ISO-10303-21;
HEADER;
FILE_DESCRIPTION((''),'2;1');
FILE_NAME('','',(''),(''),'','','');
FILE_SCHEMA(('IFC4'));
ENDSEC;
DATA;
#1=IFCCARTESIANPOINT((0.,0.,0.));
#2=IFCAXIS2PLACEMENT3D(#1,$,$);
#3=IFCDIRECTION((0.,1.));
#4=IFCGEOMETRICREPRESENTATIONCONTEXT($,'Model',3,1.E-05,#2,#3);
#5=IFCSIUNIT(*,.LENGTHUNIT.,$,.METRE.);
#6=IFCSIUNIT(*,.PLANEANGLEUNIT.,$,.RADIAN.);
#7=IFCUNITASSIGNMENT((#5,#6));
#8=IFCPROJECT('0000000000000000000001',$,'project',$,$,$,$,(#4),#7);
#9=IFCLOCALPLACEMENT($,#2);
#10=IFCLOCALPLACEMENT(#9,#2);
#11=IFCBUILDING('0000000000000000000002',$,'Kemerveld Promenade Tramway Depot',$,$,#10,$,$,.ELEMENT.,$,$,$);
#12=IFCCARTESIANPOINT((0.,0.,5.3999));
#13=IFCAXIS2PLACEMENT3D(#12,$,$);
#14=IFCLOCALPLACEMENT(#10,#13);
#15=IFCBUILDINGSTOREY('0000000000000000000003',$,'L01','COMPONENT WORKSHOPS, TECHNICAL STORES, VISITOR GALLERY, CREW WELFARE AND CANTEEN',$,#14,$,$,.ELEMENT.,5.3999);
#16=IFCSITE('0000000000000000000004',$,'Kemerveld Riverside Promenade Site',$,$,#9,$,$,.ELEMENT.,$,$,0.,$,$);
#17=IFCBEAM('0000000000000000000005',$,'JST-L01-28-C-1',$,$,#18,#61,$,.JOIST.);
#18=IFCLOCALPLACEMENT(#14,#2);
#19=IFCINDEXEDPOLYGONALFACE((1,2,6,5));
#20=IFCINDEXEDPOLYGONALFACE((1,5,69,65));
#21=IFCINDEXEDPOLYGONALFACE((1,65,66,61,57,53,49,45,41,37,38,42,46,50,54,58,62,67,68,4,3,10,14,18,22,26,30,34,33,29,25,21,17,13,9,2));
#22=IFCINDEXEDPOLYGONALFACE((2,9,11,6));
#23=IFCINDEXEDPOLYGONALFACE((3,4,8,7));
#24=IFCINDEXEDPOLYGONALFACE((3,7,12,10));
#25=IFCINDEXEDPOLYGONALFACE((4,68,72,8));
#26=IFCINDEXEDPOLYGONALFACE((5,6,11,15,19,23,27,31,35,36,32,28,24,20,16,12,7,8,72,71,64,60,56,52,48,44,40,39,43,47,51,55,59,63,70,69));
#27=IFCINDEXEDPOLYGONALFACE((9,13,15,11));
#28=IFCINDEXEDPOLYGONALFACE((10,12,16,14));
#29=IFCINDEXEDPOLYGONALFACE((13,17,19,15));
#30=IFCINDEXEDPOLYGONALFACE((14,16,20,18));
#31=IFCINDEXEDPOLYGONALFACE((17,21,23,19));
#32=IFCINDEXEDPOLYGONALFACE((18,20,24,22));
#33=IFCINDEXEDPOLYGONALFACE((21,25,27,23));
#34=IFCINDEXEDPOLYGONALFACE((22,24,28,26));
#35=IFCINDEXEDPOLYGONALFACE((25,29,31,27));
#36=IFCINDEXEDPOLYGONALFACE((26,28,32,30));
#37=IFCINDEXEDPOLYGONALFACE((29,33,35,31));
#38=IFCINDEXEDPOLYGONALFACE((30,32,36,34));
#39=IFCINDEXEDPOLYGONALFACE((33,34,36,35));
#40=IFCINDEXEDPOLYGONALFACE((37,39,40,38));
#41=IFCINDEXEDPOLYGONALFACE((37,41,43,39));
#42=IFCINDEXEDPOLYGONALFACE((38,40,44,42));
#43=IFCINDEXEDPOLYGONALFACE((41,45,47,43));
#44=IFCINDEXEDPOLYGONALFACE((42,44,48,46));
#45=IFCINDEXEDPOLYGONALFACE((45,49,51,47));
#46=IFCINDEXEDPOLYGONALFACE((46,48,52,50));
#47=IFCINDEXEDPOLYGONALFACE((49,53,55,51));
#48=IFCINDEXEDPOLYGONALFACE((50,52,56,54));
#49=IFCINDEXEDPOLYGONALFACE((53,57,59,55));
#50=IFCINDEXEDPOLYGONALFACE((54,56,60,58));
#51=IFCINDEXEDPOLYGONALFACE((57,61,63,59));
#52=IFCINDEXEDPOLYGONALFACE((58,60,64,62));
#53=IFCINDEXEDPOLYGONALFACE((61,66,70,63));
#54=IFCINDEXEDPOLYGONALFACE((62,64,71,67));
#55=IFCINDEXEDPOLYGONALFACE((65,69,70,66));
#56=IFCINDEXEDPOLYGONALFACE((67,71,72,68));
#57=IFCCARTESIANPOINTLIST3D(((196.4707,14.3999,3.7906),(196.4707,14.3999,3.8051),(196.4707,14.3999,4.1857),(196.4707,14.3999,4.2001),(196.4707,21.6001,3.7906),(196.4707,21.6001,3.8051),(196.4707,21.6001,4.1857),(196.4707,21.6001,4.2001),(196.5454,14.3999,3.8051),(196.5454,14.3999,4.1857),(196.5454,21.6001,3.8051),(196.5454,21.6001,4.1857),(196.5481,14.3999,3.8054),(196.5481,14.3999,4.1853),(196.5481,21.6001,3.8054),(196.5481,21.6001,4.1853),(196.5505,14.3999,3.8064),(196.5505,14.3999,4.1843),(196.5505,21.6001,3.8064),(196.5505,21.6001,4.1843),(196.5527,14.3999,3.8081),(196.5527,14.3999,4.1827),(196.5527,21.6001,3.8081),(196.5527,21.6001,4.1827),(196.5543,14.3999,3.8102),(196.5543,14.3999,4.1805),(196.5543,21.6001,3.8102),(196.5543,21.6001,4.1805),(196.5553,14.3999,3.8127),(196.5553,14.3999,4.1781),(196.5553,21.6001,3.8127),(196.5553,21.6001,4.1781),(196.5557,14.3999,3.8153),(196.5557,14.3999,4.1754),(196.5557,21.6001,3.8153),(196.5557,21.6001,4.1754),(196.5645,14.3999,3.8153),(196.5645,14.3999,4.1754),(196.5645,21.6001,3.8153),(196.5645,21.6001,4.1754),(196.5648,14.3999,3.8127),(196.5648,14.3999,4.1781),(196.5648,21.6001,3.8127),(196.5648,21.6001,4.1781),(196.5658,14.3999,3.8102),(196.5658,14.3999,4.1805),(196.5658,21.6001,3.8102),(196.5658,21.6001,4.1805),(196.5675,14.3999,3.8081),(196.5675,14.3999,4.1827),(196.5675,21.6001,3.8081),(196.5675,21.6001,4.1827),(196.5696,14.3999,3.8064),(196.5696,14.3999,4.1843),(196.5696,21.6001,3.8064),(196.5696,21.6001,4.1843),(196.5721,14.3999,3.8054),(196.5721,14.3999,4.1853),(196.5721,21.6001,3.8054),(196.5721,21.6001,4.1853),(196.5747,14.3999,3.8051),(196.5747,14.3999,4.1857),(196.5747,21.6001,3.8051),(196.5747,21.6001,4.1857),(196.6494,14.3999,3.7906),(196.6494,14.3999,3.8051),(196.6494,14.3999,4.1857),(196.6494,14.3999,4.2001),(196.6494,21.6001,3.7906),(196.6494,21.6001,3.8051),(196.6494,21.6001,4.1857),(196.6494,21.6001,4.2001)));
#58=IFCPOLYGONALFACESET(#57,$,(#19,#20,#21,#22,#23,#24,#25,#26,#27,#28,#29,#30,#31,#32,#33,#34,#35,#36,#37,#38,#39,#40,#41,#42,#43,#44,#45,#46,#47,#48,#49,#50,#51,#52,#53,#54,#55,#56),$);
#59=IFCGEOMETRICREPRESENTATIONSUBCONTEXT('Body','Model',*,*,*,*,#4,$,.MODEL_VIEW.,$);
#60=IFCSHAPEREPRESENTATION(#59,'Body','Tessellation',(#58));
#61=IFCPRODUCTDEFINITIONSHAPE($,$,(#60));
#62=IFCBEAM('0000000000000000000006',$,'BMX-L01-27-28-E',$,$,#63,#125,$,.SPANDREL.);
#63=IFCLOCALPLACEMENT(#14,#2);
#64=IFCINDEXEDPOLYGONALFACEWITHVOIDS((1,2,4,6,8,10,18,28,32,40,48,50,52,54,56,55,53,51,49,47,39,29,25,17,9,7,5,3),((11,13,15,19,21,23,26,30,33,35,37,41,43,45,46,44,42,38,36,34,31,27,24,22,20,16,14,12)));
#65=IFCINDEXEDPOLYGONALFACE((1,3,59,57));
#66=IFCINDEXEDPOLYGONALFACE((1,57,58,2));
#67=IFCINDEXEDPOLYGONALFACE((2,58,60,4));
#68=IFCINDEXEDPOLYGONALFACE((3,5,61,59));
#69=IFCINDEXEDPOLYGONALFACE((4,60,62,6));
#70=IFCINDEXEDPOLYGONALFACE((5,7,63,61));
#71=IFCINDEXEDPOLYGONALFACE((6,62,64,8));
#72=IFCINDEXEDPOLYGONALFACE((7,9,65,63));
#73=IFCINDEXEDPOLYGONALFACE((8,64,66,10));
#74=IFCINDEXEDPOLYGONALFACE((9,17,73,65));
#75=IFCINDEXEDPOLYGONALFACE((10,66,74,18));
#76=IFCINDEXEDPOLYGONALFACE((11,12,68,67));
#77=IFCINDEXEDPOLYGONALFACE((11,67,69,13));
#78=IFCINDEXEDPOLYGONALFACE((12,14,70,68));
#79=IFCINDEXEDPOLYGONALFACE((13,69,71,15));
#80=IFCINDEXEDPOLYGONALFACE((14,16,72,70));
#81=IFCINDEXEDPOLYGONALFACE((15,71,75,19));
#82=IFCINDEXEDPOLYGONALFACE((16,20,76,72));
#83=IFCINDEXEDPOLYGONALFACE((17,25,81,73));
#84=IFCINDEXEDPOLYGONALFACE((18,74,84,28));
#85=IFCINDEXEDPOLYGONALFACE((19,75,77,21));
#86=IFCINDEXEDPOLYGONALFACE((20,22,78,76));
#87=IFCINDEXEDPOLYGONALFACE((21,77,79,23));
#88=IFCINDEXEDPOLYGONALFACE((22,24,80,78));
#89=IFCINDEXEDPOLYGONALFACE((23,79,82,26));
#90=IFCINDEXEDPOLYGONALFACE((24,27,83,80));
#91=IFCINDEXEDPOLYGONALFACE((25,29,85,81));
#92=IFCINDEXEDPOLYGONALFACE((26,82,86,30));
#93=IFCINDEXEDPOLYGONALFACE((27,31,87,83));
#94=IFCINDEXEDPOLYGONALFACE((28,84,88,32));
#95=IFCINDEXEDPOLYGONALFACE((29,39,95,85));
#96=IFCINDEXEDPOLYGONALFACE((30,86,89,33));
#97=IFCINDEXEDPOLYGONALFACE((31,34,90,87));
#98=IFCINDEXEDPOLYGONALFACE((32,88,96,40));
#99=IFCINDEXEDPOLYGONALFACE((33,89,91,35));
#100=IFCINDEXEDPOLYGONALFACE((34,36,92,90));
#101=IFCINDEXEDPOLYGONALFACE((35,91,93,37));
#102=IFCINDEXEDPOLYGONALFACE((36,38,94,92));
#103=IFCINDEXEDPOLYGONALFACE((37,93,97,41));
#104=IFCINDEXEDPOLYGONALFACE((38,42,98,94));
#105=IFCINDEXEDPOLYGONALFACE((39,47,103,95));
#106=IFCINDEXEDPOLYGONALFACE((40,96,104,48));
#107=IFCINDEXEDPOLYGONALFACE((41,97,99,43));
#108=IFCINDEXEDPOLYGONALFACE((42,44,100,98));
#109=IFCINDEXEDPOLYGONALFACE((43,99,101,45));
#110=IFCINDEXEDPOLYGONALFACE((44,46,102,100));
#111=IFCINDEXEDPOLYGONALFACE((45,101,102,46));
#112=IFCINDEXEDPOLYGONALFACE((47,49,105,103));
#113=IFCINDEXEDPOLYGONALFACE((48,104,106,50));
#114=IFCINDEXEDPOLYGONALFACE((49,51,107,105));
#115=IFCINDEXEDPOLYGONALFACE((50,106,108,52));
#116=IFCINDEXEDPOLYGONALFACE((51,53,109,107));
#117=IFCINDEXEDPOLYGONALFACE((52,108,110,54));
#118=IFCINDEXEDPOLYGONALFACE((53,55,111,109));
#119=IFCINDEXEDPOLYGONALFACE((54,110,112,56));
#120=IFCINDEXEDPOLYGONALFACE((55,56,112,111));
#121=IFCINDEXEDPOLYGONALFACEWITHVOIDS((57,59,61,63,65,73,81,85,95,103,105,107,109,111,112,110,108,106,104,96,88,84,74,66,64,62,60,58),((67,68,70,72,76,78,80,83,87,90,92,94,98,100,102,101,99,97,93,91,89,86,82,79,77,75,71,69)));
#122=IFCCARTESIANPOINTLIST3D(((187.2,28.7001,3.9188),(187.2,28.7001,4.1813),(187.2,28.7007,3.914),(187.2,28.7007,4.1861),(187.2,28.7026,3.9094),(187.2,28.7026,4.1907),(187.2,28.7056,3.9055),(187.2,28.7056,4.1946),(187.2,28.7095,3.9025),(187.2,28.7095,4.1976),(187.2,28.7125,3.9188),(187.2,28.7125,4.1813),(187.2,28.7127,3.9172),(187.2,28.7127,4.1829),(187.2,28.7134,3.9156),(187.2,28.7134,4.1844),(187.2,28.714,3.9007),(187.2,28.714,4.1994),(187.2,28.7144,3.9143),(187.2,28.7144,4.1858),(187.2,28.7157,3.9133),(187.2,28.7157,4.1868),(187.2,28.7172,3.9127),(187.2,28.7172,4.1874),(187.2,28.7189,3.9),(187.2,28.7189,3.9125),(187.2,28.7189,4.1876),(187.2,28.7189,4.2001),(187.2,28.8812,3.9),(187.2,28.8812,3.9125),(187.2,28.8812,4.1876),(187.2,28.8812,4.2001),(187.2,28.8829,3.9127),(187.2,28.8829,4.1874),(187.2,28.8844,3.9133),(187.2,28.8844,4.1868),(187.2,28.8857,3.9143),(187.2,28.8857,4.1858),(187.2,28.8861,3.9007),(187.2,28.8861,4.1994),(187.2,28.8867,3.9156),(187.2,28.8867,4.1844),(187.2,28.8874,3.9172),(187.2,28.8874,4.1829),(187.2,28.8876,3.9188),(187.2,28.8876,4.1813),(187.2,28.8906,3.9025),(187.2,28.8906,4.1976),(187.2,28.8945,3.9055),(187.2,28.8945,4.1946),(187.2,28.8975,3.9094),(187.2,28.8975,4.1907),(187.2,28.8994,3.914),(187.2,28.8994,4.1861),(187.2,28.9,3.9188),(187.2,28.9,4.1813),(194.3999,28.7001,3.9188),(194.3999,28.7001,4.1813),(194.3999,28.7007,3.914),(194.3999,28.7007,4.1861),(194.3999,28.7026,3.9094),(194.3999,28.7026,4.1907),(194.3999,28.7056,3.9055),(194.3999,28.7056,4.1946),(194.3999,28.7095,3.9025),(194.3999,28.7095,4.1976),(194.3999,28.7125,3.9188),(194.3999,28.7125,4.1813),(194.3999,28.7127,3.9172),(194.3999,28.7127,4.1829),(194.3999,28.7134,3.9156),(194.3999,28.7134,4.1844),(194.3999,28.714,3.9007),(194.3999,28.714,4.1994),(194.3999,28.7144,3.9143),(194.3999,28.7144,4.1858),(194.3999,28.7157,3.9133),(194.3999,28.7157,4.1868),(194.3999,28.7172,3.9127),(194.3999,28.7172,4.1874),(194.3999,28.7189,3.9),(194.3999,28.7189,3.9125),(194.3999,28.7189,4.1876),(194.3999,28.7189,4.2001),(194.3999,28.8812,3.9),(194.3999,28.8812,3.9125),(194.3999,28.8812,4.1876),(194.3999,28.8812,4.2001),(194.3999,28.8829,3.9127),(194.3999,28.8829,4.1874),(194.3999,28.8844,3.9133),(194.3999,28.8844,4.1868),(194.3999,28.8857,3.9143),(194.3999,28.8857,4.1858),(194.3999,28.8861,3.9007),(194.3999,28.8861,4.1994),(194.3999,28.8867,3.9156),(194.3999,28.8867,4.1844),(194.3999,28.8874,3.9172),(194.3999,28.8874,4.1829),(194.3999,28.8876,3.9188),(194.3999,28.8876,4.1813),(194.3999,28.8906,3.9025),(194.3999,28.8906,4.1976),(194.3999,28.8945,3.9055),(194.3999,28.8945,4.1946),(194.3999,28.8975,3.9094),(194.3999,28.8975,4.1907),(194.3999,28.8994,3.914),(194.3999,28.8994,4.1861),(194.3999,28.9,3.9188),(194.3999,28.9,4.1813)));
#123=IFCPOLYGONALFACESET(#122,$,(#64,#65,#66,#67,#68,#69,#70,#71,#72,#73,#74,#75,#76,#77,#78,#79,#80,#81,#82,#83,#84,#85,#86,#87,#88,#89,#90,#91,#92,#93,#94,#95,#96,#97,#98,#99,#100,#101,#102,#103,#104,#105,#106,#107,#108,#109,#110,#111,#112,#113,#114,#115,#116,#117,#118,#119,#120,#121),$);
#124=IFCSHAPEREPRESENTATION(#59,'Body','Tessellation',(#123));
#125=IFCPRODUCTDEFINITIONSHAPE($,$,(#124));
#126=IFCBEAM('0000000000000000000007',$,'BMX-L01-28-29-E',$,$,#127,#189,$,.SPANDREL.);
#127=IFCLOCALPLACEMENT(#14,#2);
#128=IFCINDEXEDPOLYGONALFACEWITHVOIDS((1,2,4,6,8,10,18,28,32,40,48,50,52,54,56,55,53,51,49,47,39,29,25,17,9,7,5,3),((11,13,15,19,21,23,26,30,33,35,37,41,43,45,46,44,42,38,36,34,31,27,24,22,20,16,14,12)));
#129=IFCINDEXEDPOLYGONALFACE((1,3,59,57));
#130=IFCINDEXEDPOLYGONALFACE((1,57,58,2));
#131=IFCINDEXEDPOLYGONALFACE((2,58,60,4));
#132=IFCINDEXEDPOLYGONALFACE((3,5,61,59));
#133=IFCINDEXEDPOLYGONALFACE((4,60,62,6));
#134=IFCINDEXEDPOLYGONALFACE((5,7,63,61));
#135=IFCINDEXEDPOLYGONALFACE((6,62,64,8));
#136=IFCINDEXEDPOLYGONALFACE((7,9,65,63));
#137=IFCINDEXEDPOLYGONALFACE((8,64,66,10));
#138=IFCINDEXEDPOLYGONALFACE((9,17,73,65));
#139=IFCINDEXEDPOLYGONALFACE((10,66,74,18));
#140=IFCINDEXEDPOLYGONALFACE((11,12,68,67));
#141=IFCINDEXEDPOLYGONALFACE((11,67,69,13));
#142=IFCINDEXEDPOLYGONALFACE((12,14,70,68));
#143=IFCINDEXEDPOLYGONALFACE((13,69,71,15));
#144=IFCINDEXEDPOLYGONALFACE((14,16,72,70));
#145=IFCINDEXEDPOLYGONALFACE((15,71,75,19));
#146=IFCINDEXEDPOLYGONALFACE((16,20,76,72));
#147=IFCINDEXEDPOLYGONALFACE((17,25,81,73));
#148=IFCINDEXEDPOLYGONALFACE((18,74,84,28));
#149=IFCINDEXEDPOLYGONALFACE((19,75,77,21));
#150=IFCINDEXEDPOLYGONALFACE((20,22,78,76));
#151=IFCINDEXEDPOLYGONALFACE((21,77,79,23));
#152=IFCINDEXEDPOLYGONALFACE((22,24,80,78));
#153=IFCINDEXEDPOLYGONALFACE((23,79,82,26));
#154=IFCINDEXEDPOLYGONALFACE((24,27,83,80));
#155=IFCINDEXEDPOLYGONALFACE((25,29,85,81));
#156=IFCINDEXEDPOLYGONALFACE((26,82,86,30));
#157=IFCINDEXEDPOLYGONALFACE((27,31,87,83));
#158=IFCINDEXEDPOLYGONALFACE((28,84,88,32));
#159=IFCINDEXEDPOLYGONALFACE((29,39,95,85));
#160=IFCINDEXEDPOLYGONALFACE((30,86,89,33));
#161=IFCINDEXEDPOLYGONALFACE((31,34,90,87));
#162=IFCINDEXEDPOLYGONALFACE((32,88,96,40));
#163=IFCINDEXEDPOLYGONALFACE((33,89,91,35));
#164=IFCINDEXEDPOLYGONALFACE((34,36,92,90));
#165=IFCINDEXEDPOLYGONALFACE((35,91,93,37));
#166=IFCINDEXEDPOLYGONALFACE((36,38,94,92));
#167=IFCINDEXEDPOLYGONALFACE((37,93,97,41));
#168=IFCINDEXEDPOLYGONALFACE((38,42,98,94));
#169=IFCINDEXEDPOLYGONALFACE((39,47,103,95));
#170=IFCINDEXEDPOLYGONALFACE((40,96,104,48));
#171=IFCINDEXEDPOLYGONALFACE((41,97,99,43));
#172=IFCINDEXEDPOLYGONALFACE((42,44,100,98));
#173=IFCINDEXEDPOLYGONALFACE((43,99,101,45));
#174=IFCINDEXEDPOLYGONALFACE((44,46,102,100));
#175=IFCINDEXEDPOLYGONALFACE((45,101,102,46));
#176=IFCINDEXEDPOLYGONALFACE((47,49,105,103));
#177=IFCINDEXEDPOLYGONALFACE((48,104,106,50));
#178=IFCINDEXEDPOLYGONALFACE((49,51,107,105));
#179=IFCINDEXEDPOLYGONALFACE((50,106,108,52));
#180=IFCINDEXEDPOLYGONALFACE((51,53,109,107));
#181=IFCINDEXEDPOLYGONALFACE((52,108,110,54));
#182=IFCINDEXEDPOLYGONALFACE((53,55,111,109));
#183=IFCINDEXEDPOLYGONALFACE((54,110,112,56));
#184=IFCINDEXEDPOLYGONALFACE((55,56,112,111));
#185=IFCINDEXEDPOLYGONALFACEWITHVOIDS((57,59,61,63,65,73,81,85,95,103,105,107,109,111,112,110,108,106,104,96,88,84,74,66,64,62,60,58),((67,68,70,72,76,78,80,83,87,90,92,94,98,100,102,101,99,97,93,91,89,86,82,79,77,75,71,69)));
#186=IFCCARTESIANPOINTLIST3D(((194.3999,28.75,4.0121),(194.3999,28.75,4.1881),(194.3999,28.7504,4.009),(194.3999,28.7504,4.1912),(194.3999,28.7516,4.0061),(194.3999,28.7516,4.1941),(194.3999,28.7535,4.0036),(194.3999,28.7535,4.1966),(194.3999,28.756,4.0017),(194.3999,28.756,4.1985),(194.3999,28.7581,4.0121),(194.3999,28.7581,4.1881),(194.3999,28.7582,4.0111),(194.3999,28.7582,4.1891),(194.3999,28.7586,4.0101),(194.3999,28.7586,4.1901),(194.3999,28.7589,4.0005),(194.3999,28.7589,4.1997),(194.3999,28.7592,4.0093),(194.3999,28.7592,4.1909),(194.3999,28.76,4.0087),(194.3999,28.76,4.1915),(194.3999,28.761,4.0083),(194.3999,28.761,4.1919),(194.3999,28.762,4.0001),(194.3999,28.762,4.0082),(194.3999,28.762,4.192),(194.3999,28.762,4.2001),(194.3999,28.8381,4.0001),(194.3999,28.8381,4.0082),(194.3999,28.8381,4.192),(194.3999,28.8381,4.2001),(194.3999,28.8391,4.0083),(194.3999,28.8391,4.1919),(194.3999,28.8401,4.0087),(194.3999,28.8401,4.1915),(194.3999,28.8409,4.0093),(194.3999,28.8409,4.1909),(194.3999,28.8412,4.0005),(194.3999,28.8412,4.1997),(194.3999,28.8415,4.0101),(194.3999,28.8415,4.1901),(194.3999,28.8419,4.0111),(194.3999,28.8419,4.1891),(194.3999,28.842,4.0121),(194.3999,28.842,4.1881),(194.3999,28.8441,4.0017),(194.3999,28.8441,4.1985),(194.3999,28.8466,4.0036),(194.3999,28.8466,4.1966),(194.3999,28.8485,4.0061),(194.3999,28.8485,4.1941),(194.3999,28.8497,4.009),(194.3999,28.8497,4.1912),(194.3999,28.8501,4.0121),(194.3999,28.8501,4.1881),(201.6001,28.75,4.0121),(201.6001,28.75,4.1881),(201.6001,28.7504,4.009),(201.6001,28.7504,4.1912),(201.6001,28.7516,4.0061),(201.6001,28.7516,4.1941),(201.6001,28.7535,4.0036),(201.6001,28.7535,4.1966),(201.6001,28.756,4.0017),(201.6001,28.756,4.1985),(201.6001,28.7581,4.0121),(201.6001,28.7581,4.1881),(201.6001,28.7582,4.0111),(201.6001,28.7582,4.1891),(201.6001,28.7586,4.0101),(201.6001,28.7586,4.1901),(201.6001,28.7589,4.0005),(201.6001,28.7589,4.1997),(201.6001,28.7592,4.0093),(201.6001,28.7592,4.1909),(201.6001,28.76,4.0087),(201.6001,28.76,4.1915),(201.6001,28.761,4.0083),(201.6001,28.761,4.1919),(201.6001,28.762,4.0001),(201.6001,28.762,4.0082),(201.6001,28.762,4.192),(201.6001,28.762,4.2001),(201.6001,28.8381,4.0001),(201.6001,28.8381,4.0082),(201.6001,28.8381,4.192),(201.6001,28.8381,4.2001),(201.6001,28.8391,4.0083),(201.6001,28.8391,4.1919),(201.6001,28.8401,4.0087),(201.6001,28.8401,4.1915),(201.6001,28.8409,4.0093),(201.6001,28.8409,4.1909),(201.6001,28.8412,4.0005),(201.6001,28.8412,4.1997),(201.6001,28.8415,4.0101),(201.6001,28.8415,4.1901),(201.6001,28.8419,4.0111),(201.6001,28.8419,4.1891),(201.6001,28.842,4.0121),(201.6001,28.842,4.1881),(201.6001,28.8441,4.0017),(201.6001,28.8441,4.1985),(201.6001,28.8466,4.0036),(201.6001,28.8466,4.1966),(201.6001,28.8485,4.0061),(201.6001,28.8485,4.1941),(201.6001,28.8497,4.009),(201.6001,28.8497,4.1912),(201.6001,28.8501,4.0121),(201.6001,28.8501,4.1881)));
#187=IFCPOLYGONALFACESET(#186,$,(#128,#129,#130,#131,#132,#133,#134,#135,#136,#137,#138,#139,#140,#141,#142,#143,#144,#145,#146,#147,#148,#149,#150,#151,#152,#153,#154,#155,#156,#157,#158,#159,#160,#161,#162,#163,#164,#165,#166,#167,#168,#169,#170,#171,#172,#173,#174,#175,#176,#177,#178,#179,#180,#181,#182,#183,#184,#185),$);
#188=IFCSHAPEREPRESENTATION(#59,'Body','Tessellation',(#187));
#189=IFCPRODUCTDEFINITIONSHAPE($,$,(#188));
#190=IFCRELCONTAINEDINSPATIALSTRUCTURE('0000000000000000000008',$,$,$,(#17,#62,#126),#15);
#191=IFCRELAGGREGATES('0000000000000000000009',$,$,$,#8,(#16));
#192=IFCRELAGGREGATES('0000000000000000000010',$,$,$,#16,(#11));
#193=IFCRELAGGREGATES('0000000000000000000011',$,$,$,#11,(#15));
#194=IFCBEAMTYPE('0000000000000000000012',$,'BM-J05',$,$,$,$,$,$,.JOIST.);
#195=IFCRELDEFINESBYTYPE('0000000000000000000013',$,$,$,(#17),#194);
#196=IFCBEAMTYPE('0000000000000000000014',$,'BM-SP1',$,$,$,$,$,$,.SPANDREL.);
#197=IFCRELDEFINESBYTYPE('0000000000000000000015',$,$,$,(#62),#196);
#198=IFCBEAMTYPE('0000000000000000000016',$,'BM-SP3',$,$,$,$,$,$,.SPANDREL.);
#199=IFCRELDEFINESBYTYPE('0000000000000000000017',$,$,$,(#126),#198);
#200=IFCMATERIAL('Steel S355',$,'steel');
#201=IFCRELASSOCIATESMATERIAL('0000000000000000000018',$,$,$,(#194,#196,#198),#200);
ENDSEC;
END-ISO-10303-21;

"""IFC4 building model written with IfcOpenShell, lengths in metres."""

from ifc_helpers import new_model, si_unit, direction, frame, origin, origin_2d, place, context, subcontext, project, spatial, hollow_rectangle, i_section, extrude, material, material_profile, profile_set, type_object, element, save


model = new_model("IFC4")

# Units and contexts
model_context = context("Model", 3, precision=1e-05, world=origin(), true_north=direction((0.0, 1.0)))
body_context = subcontext(model_context, "Body", "Model", "MODEL_VIEW")
ifc_project = project(units=[si_unit("LENGTHUNIT", "METRE"), si_unit("PLANEANGLEUNIT", "RADIAN")], contexts=[model_context])

# Site, building, storey
site_placement = place(None, origin())
site = spatial("IfcSite", under=ifc_project, at=site_placement, Name="Kemerveld Riverside Promenade Site", CompositionType="ELEMENT", RefElevation=0.0)
building_placement = place(site_placement, origin())
building = spatial("IfcBuilding", under=site, at=building_placement, Name="Kemerveld Promenade Tramway Depot", CompositionType="ELEMENT")
storey_placement = place(building_placement, frame((0.0, 0.0, 5.3999)))
storey = spatial("IfcBuildingStorey", under=building, at=storey_placement, Name="L01", Description="COMPONENT WORKSHOPS, TECHNICAL STORES, VISITOR GALLERY, CREW WELFARE AND CANTEEN", CompositionType="ELEMENT", Elevation=5.3999)

# Shared definitions
ifc_material_1 = material(Name="Steel S355", Category="steel")

# Beams
ifc_material_profile_1 = material_profile(ifc_material_1, i_section(OverallWidth=0.1787, OverallDepth=0.4094, WebThickness=0.0088, FlangeThickness=0.0144, FilletRadius=0.0103, at=origin_2d()), Name="406x178x67 UB")
ifc_profile_set_1 = profile_set([ifc_material_profile_1], Name="Steel S355")
beam_type_1 = type_object("IfcBeamType", Name="BM-J05", PredefinedType="JOIST", material=ifc_profile_set_1)
beam_1_placement = place(storey_placement, frame((196.5601, 14.3999, 3.9954), z_axis=(0.0, 1.0, 0.0), x_axis=(-1.0, 0.0, 0.0)))
element("IfcBeam", 1, at=beam_1_placement, inside=storey, type_object=beam_type_1, Name="JST-L01-28-C-1", PredefinedType="JOIST", context=body_context, shape_type="SweptSolid", body=[
    extrude(i_section(OverallWidth=0.1787, OverallDepth=0.4094, WebThickness=0.0088, FlangeThickness=0.0144, FilletRadius=0.0103, at=origin_2d()), origin(), (0.0, 0.0, 1.0), 7.2002),
])
ifc_material_profile_2 = material_profile(ifc_material_1, hollow_rectangle(XDim=0.2, YDim=0.3, WallThickness=0.0125, InnerFilletRadius=0.0063, OuterFilletRadius=0.0188, at=origin_2d()), Name="300x200x12.5 RHS")
ifc_profile_set_2 = profile_set([ifc_material_profile_2], Name="Steel S355")
beam_type_2 = type_object("IfcBeamType", Name="BM-SP1", PredefinedType="SPANDREL", material=ifc_profile_set_2)
beam_2_placement = place(storey_placement, frame((187.2, 28.8, 4.05), z_axis=(1.0, 0.0, 0.0), x_axis=(0.0, 1.0, 0.0)))
element("IfcBeam", 2, at=beam_2_placement, inside=storey, type_object=beam_type_2, Name="BMX-L01-27-28-E", PredefinedType="SPANDREL", context=body_context, shape_type="SweptSolid", body=[
    extrude(hollow_rectangle(XDim=0.2, YDim=0.3, WallThickness=0.0125, InnerFilletRadius=0.0063, OuterFilletRadius=0.0188, at=origin_2d()), origin(), (0.0, 0.0, 1.0), 7.2),
])
ifc_material_profile_3 = material_profile(ifc_material_1, hollow_rectangle(XDim=0.1001, YDim=0.2, WallThickness=0.0081, InnerFilletRadius=0.0039, OuterFilletRadius=0.012, at=origin_2d()), Name="200x100x8.0 RHS")
ifc_profile_set_3 = profile_set([ifc_material_profile_3], Name="Steel S355")
beam_type_3 = type_object("IfcBeamType", Name="BM-SP3", PredefinedType="SPANDREL", material=ifc_profile_set_3)
beam_3_placement = place(storey_placement, frame((194.3999, 28.8, 4.1001), z_axis=(1.0, 0.0, 0.0), x_axis=(0.0, 1.0, 0.0)))
element("IfcBeam", 3, at=beam_3_placement, inside=storey, type_object=beam_type_3, Name="BMX-L01-28-29-E", PredefinedType="SPANDREL", context=body_context, shape_type="SweptSolid", body=[
    extrude(hollow_rectangle(XDim=0.1001, YDim=0.2, WallThickness=0.0081, InnerFilletRadius=0.0039, OuterFilletRadius=0.012, at=origin_2d()), origin(), (0.0, 0.0, 1.0), 7.2002),
])

save(model, "model.ifc")
